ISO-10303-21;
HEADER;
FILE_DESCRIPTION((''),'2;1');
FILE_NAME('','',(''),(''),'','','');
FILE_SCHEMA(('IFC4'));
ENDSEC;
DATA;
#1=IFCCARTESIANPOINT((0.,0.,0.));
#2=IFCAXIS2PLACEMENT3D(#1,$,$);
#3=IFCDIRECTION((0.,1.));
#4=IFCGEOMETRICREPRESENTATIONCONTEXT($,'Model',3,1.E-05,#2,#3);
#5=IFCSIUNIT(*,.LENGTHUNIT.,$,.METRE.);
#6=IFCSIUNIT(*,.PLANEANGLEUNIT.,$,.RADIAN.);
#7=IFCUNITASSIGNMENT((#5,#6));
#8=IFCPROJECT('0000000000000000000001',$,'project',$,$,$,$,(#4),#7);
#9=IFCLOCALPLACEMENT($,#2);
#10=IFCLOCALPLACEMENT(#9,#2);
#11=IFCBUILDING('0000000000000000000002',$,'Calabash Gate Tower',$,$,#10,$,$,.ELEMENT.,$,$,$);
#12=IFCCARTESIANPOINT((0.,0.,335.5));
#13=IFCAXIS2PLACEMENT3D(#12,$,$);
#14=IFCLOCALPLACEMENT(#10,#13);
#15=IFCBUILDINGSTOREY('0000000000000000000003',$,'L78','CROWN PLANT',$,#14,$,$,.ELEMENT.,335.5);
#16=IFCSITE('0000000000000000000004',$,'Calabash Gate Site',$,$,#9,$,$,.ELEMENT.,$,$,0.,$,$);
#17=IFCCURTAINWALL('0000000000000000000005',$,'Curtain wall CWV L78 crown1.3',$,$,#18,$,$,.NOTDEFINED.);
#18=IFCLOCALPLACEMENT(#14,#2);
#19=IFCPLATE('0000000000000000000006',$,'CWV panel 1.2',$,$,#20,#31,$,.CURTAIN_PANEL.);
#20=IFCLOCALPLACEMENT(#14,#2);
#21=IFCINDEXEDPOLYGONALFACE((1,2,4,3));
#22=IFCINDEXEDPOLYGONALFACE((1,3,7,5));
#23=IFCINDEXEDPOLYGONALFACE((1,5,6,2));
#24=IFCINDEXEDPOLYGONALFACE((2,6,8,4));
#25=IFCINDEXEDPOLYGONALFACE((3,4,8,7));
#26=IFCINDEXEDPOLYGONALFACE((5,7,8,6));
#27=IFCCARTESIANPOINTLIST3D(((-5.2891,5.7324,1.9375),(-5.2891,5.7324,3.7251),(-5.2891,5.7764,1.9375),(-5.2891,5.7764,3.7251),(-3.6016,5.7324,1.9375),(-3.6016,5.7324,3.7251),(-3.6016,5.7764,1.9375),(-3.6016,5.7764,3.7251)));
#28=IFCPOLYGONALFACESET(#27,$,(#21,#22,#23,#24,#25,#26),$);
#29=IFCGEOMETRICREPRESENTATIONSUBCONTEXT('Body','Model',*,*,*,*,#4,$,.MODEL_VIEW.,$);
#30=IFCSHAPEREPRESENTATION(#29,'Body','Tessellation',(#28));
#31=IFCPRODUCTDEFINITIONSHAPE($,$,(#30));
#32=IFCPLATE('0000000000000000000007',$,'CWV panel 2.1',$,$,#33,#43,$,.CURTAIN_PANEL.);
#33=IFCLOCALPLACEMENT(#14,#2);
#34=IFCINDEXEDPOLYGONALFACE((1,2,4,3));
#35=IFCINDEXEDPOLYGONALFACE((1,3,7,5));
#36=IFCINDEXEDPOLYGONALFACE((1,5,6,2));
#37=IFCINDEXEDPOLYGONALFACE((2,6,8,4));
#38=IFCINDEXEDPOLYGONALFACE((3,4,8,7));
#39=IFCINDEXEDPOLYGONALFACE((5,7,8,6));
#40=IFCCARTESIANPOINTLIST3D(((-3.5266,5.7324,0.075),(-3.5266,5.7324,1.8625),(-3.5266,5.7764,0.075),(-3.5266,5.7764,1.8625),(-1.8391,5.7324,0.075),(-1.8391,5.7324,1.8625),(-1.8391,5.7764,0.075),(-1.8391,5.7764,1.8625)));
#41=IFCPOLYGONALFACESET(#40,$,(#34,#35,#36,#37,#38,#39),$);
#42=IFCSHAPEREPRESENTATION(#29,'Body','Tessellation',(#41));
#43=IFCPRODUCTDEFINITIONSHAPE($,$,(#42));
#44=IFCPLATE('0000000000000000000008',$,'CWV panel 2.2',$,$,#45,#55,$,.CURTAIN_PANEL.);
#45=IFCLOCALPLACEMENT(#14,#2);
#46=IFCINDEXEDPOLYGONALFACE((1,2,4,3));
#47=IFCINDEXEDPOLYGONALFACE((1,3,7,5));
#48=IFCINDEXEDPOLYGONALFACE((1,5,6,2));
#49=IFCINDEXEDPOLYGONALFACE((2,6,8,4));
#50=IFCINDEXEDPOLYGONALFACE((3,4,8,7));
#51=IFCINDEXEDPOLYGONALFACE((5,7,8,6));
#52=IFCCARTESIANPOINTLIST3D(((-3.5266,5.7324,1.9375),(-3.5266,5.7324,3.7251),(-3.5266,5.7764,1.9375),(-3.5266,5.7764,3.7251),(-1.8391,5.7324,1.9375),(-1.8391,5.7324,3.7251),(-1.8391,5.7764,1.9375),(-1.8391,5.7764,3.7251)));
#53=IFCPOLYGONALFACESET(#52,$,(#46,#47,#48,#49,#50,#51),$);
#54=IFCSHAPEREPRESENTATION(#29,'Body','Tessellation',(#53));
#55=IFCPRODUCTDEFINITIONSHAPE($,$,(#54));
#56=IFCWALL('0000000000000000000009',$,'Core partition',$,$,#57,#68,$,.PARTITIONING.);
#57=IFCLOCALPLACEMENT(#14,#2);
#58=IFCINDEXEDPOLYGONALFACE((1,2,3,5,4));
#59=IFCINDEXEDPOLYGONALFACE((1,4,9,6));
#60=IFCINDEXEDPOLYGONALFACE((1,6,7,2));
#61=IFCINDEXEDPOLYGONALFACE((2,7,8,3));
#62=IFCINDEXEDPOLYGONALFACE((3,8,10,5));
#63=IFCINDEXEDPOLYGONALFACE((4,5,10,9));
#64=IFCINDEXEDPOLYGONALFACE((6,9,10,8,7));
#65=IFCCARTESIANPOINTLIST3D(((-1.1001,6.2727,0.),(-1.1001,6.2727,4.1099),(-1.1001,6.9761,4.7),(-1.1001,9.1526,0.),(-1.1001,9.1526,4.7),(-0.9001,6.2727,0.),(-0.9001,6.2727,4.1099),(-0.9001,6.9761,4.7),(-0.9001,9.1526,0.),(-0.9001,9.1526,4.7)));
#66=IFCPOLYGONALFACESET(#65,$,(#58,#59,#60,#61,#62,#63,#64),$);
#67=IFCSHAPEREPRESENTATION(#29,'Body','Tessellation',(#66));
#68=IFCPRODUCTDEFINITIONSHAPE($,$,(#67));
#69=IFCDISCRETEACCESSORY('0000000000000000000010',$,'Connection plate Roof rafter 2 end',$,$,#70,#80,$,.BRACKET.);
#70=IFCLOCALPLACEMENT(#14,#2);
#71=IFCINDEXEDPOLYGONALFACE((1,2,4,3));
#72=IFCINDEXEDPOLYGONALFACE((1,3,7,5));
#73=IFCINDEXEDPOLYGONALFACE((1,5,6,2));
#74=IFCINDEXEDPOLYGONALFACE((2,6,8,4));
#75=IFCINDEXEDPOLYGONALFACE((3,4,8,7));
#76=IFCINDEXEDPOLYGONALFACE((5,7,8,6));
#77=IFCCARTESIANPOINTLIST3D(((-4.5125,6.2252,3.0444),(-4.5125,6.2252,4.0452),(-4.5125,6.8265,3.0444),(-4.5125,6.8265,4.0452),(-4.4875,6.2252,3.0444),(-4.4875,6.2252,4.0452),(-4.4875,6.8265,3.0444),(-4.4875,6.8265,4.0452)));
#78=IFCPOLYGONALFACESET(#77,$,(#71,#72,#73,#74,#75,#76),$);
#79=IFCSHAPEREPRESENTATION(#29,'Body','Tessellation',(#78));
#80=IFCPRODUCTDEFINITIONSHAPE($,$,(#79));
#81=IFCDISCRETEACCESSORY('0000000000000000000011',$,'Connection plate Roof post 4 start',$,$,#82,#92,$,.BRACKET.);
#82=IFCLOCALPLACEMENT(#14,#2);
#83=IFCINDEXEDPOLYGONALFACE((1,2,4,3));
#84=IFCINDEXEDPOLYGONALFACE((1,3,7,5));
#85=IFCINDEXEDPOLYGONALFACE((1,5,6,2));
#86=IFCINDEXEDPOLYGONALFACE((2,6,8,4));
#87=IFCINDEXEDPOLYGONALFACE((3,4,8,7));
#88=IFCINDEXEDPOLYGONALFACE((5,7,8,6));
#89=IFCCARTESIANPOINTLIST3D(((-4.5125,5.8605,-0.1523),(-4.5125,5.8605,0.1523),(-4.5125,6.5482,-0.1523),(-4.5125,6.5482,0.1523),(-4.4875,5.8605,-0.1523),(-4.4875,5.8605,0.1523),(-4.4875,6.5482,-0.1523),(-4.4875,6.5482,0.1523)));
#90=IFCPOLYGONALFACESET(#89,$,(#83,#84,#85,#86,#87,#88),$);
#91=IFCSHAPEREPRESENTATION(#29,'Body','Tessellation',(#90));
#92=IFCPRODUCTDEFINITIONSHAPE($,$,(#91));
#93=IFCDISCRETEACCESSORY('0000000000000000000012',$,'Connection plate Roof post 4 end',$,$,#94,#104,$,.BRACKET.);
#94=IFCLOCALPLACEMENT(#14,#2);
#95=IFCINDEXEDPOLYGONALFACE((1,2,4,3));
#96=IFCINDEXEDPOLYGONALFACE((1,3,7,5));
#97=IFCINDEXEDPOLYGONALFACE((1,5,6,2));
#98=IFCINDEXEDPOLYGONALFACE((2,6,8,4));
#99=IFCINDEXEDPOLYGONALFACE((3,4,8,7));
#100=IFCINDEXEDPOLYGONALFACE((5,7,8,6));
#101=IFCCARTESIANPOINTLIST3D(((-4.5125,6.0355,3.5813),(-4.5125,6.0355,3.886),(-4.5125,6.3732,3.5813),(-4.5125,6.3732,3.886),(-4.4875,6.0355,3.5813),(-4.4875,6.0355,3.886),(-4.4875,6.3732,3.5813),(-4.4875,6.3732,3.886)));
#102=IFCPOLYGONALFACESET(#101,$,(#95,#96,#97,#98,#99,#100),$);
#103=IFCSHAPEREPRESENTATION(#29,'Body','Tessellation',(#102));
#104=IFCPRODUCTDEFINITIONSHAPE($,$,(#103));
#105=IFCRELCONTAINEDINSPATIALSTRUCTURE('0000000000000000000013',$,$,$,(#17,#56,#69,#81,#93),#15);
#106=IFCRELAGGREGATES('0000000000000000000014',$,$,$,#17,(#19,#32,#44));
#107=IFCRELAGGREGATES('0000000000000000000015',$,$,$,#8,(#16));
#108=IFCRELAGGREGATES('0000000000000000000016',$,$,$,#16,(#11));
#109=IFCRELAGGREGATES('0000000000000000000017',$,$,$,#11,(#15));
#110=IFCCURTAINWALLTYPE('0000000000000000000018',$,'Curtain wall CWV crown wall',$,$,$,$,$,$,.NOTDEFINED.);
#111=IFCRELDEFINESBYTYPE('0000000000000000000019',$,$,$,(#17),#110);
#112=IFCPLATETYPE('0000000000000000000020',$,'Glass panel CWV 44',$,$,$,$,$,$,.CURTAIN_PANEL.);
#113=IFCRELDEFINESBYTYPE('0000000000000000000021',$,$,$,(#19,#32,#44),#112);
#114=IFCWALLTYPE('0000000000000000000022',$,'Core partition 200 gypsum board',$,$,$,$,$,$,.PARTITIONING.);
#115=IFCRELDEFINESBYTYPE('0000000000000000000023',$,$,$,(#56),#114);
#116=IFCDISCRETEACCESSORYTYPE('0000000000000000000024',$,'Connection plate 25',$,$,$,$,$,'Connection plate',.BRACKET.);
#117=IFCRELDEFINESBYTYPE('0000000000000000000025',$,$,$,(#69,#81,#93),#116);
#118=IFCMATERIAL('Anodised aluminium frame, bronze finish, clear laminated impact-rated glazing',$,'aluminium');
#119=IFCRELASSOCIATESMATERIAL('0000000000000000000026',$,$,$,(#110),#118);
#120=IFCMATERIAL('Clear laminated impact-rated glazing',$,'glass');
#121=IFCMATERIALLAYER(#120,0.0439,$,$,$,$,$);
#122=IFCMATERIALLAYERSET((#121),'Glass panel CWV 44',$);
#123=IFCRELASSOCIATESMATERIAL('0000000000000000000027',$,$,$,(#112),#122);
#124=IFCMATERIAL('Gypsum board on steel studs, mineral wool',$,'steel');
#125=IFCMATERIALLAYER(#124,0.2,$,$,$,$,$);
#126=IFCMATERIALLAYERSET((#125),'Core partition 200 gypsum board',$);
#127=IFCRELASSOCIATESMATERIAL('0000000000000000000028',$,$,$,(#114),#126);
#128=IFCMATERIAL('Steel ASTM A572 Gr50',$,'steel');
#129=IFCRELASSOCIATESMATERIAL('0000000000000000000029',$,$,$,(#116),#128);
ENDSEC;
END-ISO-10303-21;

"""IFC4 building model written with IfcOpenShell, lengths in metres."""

from ifc_helpers import new_model, si_unit, direction, frame, origin, origin_2d, place, context, subcontext, project, spatial, polyline, rectangle, outline, extrude, material, layer, layer_set, type_object, element, aggregate, save


model = new_model("IFC4")

# Units and contexts
model_context = context("Model", 3, precision=1e-05, world=origin(), true_north=direction((0.0, 1.0)))
body_context = subcontext(model_context, "Body", "Model", "MODEL_VIEW")
ifc_project = project(units=[si_unit("LENGTHUNIT", "METRE"), si_unit("PLANEANGLEUNIT", "RADIAN")], contexts=[model_context])

# Site, building, storey
site_placement = place(None, origin())
site = spatial("IfcSite", under=ifc_project, at=site_placement, Name="Calabash Gate Site", CompositionType="ELEMENT", RefElevation=0.0)
building_placement = place(site_placement, origin())
building = spatial("IfcBuilding", under=site, at=building_placement, Name="Calabash Gate Tower", CompositionType="ELEMENT")
storey_placement = place(building_placement, frame((0.0, 0.0, 335.5)))
storey = spatial("IfcBuildingStorey", under=building, at=storey_placement, Name="L78", Description="CROWN PLANT", CompositionType="ELEMENT", Elevation=335.5)

# Curtain wall
ifc_material_1 = material(Name="Anodised aluminium frame, bronze finish, clear laminated impact-rated glazing", Category="aluminium")
curtain_wall_type = type_object("IfcCurtainWallType", Name="Curtain wall CWV crown wall", PredefinedType="NOTDEFINED", material=ifc_material_1)
curtain_wall_1_placement = place(storey_placement, origin())
curtain_wall_1 = element("IfcCurtainWall", 1, at=curtain_wall_1_placement, inside=storey, type_object=curtain_wall_type, Name="Curtain wall CWV L78 crown1.3", PredefinedType="NOTDEFINED")

# Plates
ifc_material_2 = material(Name="Clear laminated impact-rated glazing", Category="glass")
ifc_layer_1 = layer(ifc_material_2, 0.0439)
ifc_layer_set_1 = layer_set([ifc_layer_1], Name="Glass panel CWV 44")
plate_type = type_object("IfcPlateType", Name="Glass panel CWV 44", PredefinedType="CURTAIN_PANEL", material=ifc_layer_set_1)
plate_1_placement = place(storey_placement, frame((-4.4453, 5.7544, 1.9375), z_axis=(0.0, 0.0, 1.0), x_axis=(1.0, 0.0, 0.0)))
plate_1 = element("IfcPlate", 2, at=plate_1_placement, type_object=plate_type, Name="CWV panel 1.2", PredefinedType="CURTAIN_PANEL", context=body_context, shape_type="SweptSolid", body=[
    extrude(rectangle(XDim=1.6875, YDim=0.0439, at=origin_2d()), origin(), (0.0, 0.0, 1.0), 1.7876),
])
plate_2_placement = place(storey_placement, frame((-2.6829, 5.7544, 0.075), z_axis=(0.0, 0.0, 1.0), x_axis=(1.0, 0.0, 0.0)))
plate_2 = element("IfcPlate", 3, at=plate_2_placement, type_object=plate_type, Name="CWV panel 2.1", PredefinedType="CURTAIN_PANEL", context=body_context, shape_type="SweptSolid", body=[
    extrude(rectangle(XDim=1.6875, YDim=0.0439, at=origin_2d()), origin(), (0.0, 0.0, 1.0), 1.7876),
])
plate_3_placement = place(storey_placement, frame((-2.6829, 5.7544, 1.9375), z_axis=(0.0, 0.0, 1.0), x_axis=(1.0, 0.0, 0.0)))
plate_3 = element("IfcPlate", 4, at=plate_3_placement, type_object=plate_type, Name="CWV panel 2.2", PredefinedType="CURTAIN_PANEL", context=body_context, shape_type="SweptSolid", body=[
    extrude(rectangle(XDim=1.6875, YDim=0.0439, at=origin_2d()), origin(), (0.0, 0.0, 1.0), 1.7876),
])
aggregate(curtain_wall_1, [plate_1, plate_2, plate_3])

# Wall
ifc_material_3 = material(Name="Gypsum board on steel studs, mineral wool", Category="steel")
ifc_layer_2 = layer(ifc_material_3, 0.2)
ifc_layer_set_2 = layer_set([ifc_layer_2], Name="Core partition 200 gypsum board")
wall_type = type_object("IfcWallType", Name="Core partition 200 gypsum board", PredefinedType="PARTITIONING", material=ifc_layer_set_2)
wall_placement = place(storey_placement, frame((-1.0, 6.2727, 0.0), z_axis=(0.0, 0.0, 1.0), x_axis=(0.0, 1.0, 0.0)))
element("IfcWall", 5, at=wall_placement, inside=storey, type_object=wall_type, Name="Core partition", PredefinedType="PARTITIONING", context=body_context, shape_type="SweptSolid", body=[
    extrude(outline(polyline([(0.0, 0.0), (2.8799, 0.0), (2.8799, 4.7), (0.7034, 4.7), (0.0, 4.1099), (0.0, 0.0)])), frame((0.0, 0.1001, 0.0), z_axis=(0.0, -1.0, 0.0), x_axis=(1.0, 0.0, 0.0)), (0.0, 0.0, 1.0), 0.2),
])

# Discrete accessories
ifc_material_4 = material(Name="Steel ASTM A572 Gr50", Category="steel")
discrete_accessory_type = type_object("IfcDiscreteAccessoryType", Name="Connection plate 25", ElementType="Connection plate", PredefinedType="BRACKET", material=ifc_material_4)
discrete_accessory_1_placement = place(storey_placement, frame((-4.5, 6.5259, 3.0444), z_axis=(0.0, 0.0, 1.0), x_axis=(0.0, 1.0, 0.0)))
element("IfcDiscreteAccessory", 6, at=discrete_accessory_1_placement, inside=storey, type_object=discrete_accessory_type, Name="Connection plate Roof rafter 2 end", PredefinedType="BRACKET", context=body_context, shape_type="SweptSolid", body=[
    extrude(rectangle(XDim=0.6013, YDim=0.0249, at=origin_2d()), origin(), (0.0, 0.0, 1.0), 1.0007),
])
discrete_accessory_2_placement = place(storey_placement, frame((-4.5, 6.2043, -0.1523), z_axis=(0.0, 0.0, 1.0), x_axis=(0.0, 1.0, 0.0)))
element("IfcDiscreteAccessory", 7, at=discrete_accessory_2_placement, inside=storey, type_object=discrete_accessory_type, Name="Connection plate Roof post 4 start", PredefinedType="BRACKET", context=body_context, shape_type="SweptSolid", body=[
    extrude(rectangle(XDim=0.6877, YDim=0.0249, at=origin_2d()), origin(), (0.0, 0.0, 1.0), 0.3047),
])
discrete_accessory_3_placement = place(storey_placement, frame((-4.5, 6.2043, 3.5813), z_axis=(0.0, 0.0, 1.0), x_axis=(0.0, 1.0, 0.0)))
element("IfcDiscreteAccessory", 8, at=discrete_accessory_3_placement, inside=storey, type_object=discrete_accessory_type, Name="Connection plate Roof post 4 end", PredefinedType="BRACKET", context=body_context, shape_type="SweptSolid", body=[
    extrude(rectangle(XDim=0.3376, YDim=0.0249, at=origin_2d()), origin(), (0.0, 0.0, 1.0), 0.3047),
])

save(model, "model.ifc")
